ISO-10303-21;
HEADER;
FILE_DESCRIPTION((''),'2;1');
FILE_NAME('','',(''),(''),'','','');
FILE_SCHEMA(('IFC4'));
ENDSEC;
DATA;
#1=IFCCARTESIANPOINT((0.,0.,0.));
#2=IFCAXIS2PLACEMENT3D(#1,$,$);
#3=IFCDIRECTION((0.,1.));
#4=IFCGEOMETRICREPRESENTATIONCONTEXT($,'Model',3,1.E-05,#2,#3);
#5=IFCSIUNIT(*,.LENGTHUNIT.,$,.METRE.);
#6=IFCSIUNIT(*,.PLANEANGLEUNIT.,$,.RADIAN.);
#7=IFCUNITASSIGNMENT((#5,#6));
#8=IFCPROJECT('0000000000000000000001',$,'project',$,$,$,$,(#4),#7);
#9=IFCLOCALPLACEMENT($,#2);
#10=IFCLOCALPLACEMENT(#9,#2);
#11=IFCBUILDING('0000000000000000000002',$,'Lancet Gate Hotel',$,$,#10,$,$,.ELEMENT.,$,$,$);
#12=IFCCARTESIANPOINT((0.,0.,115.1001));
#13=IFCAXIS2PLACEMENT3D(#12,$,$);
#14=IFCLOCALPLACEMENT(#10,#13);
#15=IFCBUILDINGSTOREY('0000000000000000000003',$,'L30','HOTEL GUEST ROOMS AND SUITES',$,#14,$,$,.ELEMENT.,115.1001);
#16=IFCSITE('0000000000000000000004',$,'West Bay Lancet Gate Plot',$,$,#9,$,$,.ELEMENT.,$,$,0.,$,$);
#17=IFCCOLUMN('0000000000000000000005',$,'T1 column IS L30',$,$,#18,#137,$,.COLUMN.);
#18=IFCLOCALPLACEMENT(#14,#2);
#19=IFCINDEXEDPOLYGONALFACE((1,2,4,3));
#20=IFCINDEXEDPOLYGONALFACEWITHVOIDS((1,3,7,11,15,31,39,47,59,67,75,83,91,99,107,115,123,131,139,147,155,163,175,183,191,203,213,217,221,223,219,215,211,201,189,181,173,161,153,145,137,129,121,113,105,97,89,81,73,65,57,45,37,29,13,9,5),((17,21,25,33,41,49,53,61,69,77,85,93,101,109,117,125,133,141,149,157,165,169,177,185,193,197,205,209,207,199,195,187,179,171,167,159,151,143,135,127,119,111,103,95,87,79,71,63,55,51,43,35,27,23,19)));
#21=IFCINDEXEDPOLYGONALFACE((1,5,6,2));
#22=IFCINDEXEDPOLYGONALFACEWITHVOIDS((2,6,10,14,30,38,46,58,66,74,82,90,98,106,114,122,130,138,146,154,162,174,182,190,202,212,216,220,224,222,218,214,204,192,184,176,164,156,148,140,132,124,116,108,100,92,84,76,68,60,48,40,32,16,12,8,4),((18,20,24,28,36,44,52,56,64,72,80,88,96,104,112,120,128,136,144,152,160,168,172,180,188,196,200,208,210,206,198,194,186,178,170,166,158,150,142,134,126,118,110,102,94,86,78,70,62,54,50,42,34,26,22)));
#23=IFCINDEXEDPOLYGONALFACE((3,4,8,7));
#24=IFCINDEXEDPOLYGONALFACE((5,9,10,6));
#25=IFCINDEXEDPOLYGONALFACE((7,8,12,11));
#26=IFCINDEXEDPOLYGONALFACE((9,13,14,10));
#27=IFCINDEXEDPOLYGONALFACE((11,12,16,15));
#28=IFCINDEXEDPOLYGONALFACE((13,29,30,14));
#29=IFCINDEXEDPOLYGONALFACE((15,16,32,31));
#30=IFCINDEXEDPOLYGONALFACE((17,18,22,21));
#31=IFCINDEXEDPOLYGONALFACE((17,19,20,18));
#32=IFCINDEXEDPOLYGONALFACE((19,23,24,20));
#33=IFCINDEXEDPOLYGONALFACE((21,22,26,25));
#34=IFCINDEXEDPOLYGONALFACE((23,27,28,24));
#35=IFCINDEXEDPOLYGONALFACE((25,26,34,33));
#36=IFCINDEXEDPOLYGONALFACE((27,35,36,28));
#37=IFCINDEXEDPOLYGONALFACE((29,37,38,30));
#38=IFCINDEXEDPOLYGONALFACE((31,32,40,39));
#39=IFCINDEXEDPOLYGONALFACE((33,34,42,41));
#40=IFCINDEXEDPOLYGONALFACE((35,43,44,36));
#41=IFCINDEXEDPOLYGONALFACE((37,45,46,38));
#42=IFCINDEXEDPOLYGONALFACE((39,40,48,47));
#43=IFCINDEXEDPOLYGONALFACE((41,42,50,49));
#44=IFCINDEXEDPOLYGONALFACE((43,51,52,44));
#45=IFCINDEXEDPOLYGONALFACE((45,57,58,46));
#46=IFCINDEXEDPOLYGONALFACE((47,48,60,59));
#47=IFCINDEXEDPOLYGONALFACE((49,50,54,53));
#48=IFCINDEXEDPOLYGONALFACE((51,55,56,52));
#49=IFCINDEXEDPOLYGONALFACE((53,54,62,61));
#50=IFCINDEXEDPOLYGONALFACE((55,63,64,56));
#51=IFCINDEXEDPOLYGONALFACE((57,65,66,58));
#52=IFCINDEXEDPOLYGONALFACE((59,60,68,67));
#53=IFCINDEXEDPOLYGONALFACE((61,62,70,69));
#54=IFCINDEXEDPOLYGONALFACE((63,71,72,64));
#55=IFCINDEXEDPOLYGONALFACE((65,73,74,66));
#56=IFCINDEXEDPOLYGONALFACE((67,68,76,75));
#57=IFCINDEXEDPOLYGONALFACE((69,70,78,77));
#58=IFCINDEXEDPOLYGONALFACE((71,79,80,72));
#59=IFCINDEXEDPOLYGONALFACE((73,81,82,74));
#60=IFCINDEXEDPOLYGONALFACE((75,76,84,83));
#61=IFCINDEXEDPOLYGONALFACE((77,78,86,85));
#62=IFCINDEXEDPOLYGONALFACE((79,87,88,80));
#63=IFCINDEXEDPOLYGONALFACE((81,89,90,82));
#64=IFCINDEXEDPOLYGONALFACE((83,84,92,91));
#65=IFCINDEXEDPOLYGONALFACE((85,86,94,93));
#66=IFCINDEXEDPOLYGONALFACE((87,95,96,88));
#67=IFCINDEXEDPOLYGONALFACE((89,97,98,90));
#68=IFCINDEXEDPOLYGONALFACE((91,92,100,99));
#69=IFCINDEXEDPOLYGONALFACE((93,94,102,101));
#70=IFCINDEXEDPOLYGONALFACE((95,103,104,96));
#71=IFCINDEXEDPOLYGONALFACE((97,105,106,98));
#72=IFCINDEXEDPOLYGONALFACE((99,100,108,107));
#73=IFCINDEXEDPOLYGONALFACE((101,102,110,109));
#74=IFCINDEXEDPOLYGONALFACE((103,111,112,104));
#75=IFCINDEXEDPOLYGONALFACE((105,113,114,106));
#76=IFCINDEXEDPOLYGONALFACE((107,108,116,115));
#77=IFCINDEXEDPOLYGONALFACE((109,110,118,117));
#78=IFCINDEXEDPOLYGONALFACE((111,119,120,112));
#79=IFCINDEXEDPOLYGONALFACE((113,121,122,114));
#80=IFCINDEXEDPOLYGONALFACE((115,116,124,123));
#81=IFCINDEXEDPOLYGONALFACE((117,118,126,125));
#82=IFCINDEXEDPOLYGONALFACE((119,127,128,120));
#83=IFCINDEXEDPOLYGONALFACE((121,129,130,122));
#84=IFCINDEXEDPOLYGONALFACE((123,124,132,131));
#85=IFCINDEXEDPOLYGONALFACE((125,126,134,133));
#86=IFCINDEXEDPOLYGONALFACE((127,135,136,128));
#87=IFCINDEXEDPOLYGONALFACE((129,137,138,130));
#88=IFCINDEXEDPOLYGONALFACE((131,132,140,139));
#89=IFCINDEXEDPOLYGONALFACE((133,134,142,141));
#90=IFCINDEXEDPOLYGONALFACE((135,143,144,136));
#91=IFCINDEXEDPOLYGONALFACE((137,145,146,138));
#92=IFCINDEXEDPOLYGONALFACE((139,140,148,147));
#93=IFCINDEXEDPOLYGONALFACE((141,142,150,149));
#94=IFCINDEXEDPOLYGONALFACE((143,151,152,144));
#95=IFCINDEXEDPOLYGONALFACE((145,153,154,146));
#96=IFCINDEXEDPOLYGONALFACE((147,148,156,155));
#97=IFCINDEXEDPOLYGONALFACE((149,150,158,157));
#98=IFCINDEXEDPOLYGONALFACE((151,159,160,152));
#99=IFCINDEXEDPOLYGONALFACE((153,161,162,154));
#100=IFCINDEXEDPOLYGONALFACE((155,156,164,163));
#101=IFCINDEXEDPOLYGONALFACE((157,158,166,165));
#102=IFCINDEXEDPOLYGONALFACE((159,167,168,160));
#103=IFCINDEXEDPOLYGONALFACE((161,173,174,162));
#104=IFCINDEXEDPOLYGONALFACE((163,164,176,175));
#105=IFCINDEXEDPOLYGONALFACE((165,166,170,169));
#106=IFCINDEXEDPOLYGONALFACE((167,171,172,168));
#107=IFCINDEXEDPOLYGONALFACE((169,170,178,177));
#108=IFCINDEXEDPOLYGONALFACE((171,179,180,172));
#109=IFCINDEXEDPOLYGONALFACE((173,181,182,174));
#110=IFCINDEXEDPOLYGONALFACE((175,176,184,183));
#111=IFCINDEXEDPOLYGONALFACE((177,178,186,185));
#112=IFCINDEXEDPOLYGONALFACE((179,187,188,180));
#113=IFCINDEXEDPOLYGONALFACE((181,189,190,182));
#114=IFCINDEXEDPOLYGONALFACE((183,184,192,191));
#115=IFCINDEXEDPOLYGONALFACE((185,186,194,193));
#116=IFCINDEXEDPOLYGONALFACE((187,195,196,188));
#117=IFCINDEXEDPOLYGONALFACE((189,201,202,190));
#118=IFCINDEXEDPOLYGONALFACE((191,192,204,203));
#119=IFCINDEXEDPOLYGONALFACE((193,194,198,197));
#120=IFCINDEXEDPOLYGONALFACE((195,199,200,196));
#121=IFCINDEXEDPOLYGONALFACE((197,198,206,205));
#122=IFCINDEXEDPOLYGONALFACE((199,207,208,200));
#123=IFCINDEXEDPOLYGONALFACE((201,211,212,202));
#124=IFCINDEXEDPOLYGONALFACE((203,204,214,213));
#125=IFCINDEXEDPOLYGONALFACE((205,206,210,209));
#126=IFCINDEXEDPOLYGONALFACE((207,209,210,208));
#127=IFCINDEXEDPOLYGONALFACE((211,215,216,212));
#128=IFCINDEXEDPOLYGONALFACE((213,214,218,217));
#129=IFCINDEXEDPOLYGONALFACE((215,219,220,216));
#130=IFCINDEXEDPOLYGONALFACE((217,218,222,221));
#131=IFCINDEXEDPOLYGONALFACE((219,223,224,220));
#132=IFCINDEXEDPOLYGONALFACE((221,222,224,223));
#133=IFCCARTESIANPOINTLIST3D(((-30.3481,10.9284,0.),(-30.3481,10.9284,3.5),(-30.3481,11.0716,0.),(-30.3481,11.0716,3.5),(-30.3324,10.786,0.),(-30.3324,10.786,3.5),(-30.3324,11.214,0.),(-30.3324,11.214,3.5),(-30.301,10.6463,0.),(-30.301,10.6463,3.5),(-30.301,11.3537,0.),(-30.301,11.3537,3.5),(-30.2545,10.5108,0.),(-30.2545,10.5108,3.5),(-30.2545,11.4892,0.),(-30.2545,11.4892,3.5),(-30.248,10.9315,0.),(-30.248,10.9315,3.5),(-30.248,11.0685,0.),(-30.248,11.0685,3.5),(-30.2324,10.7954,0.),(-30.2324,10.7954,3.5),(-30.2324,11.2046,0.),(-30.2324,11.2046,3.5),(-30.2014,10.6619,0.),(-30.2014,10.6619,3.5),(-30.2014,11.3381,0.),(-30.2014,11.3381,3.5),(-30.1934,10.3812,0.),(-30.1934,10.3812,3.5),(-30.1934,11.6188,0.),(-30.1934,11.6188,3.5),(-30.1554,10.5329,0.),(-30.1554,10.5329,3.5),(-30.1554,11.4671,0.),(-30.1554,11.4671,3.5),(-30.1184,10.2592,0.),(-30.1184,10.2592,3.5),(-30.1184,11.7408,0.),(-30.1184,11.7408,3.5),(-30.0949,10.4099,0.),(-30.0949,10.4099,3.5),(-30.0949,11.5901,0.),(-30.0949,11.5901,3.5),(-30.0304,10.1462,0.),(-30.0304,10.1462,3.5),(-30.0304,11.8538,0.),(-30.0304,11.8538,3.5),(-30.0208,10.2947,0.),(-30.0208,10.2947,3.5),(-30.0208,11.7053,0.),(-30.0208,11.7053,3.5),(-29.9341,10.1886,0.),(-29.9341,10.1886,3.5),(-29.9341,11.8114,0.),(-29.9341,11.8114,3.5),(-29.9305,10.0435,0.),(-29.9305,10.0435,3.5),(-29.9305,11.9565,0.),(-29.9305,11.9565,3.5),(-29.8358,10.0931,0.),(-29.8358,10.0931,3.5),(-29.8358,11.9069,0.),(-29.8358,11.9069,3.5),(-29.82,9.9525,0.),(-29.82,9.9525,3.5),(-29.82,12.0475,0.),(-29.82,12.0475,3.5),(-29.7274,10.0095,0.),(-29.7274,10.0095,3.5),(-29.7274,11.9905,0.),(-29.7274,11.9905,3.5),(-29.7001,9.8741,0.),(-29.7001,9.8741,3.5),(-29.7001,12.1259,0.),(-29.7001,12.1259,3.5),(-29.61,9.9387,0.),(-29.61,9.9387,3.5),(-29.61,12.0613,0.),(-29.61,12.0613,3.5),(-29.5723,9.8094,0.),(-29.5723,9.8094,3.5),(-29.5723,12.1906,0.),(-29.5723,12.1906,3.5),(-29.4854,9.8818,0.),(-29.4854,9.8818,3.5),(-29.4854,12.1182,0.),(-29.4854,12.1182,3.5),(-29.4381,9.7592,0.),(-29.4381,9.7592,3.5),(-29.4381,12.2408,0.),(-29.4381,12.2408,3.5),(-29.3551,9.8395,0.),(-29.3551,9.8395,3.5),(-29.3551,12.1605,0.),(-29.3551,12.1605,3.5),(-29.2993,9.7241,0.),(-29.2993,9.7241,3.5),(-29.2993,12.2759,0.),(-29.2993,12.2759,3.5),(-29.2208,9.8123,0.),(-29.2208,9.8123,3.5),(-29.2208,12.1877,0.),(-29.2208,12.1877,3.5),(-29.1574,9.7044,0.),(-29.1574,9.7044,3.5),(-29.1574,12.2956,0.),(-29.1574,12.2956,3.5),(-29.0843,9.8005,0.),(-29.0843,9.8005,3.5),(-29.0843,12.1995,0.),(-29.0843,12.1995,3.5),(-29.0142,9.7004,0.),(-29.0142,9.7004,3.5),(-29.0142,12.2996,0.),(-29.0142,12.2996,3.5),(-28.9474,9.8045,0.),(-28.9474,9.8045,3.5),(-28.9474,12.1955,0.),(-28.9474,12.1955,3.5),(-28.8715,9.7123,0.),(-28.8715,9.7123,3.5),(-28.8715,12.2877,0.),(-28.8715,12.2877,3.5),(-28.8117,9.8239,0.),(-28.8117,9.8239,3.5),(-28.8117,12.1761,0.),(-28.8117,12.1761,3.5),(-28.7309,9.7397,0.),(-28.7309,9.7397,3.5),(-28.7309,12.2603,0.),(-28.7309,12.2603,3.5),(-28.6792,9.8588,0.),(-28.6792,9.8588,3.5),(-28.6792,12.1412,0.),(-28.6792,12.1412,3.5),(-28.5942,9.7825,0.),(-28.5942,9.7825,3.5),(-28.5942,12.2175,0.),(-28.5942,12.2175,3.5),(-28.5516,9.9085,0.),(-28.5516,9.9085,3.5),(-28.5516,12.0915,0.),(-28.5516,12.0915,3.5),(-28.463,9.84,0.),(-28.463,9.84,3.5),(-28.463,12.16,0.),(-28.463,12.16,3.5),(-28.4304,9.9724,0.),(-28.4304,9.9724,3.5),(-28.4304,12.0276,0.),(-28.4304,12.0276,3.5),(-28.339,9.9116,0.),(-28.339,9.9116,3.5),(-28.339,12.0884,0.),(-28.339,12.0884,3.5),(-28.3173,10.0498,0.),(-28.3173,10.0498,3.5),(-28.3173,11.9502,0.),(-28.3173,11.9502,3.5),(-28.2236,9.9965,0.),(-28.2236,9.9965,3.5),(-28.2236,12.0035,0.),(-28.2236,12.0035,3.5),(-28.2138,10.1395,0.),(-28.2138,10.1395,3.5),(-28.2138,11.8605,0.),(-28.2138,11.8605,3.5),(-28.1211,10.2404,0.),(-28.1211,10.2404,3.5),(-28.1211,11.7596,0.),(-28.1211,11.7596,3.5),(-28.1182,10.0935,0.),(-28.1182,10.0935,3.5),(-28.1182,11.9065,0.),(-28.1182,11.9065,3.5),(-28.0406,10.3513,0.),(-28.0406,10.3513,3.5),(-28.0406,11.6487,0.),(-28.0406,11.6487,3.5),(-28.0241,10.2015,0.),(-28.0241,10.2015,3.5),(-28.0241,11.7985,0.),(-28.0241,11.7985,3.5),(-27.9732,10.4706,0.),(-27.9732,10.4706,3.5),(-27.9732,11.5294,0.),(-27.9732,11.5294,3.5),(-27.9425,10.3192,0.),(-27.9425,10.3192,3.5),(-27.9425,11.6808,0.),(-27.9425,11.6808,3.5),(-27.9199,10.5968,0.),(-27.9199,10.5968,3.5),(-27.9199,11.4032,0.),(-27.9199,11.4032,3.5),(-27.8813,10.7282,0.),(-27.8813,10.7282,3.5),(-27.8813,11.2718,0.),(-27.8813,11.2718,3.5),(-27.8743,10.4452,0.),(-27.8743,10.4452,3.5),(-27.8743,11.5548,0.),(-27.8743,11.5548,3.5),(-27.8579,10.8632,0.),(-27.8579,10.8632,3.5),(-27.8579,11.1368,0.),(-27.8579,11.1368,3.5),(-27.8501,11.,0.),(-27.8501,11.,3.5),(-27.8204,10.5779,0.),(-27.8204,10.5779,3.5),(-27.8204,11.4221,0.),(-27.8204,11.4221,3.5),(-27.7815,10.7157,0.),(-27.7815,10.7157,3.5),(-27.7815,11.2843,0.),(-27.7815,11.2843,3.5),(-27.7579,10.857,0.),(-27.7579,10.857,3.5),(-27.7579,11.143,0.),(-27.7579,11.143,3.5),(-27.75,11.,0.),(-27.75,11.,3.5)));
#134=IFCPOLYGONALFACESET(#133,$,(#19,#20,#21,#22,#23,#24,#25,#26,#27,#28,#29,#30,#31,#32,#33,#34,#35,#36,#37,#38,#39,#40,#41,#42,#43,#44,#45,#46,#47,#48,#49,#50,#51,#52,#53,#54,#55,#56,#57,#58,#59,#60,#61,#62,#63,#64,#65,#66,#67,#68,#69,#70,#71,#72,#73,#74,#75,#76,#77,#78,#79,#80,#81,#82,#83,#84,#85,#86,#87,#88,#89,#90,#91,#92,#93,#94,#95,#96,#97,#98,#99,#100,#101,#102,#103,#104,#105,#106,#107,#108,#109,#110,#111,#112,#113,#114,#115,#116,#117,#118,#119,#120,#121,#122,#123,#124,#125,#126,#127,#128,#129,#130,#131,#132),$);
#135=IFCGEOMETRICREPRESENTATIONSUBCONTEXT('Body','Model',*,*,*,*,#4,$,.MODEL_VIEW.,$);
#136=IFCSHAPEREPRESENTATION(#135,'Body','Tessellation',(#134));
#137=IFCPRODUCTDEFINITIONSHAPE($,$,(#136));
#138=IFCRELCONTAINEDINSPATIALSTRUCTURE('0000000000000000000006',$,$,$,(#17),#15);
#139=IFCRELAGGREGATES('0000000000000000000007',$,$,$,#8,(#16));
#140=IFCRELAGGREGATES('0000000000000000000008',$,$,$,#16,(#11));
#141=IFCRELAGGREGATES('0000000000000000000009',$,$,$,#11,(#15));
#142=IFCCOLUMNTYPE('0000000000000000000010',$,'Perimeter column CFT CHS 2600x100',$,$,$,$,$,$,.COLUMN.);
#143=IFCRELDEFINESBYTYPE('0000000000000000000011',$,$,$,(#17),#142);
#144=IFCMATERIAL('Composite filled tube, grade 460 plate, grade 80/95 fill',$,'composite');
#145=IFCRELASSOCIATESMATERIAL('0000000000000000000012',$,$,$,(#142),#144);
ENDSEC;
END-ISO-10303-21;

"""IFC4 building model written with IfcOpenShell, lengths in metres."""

from ifc_helpers import new_model, si_unit, direction, frame, origin, origin_2d, place, context, subcontext, project, spatial, hollow_circle, extrude, material, material_profile, profile_set, type_object, element, save


model = new_model("IFC4")

# Units and contexts
model_context = context("Model", 3, precision=1e-05, world=origin(), true_north=direction((0.0, 1.0)))
body_context = subcontext(model_context, "Body", "Model", "MODEL_VIEW")
ifc_project = project(units=[si_unit("LENGTHUNIT", "METRE"), si_unit("PLANEANGLEUNIT", "RADIAN")], contexts=[model_context])

# Site, building, storey
site_placement = place(None, origin())
site = spatial("IfcSite", under=ifc_project, at=site_placement, Name="West Bay Lancet Gate Plot", CompositionType="ELEMENT", RefElevation=0.0)
building_placement = place(site_placement, origin())
building = spatial("IfcBuilding", under=site, at=building_placement, Name="Lancet Gate Hotel", CompositionType="ELEMENT")
storey_placement = place(building_placement, frame((0.0, 0.0, 115.1001)))
storey = spatial("IfcBuildingStorey", under=building, at=storey_placement, Name="L30", Description="HOTEL GUEST ROOMS AND SUITES", CompositionType="ELEMENT", Elevation=115.1001)

# Column
ifc_material_1 = material(Name="Composite filled tube, grade 460 plate, grade 80/95 fill", Category="composite")
ifc_material_profile_1 = material_profile(ifc_material_1, hollow_circle(Radius=1.3, WallThickness=0.1001, at=origin_2d()), Name="CHS 2600x100")
ifc_profile_set_1 = profile_set([ifc_material_profile_1], Name="Composite filled tube, grade 460 plate, grade 80/95 fill")
column_type = type_object("IfcColumnType", Name="Perimeter column CFT CHS 2600x100", PredefinedType="COLUMN", material=ifc_profile_set_1)
for number, where, z_axis, x_axis, name in (
    (1, (-29.05, 11.0, 0.0), (0.0, 0.0, 1.0), (1.0, 0.0, 0.0), "T1 column IS L30"),
):
    element("IfcColumn", number, at=place(storey_placement, frame(where, z_axis=z_axis, x_axis=x_axis)), inside=storey, type_object=column_type, Name=name, PredefinedType="COLUMN", context=body_context, shape_type="SweptSolid", body=[
        extrude(hollow_circle(Radius=1.3, WallThickness=0.1001, at=origin_2d()), origin(), (0.0, 0.0, 1.0), 3.5),
    ])

save(model, "model.ifc")
